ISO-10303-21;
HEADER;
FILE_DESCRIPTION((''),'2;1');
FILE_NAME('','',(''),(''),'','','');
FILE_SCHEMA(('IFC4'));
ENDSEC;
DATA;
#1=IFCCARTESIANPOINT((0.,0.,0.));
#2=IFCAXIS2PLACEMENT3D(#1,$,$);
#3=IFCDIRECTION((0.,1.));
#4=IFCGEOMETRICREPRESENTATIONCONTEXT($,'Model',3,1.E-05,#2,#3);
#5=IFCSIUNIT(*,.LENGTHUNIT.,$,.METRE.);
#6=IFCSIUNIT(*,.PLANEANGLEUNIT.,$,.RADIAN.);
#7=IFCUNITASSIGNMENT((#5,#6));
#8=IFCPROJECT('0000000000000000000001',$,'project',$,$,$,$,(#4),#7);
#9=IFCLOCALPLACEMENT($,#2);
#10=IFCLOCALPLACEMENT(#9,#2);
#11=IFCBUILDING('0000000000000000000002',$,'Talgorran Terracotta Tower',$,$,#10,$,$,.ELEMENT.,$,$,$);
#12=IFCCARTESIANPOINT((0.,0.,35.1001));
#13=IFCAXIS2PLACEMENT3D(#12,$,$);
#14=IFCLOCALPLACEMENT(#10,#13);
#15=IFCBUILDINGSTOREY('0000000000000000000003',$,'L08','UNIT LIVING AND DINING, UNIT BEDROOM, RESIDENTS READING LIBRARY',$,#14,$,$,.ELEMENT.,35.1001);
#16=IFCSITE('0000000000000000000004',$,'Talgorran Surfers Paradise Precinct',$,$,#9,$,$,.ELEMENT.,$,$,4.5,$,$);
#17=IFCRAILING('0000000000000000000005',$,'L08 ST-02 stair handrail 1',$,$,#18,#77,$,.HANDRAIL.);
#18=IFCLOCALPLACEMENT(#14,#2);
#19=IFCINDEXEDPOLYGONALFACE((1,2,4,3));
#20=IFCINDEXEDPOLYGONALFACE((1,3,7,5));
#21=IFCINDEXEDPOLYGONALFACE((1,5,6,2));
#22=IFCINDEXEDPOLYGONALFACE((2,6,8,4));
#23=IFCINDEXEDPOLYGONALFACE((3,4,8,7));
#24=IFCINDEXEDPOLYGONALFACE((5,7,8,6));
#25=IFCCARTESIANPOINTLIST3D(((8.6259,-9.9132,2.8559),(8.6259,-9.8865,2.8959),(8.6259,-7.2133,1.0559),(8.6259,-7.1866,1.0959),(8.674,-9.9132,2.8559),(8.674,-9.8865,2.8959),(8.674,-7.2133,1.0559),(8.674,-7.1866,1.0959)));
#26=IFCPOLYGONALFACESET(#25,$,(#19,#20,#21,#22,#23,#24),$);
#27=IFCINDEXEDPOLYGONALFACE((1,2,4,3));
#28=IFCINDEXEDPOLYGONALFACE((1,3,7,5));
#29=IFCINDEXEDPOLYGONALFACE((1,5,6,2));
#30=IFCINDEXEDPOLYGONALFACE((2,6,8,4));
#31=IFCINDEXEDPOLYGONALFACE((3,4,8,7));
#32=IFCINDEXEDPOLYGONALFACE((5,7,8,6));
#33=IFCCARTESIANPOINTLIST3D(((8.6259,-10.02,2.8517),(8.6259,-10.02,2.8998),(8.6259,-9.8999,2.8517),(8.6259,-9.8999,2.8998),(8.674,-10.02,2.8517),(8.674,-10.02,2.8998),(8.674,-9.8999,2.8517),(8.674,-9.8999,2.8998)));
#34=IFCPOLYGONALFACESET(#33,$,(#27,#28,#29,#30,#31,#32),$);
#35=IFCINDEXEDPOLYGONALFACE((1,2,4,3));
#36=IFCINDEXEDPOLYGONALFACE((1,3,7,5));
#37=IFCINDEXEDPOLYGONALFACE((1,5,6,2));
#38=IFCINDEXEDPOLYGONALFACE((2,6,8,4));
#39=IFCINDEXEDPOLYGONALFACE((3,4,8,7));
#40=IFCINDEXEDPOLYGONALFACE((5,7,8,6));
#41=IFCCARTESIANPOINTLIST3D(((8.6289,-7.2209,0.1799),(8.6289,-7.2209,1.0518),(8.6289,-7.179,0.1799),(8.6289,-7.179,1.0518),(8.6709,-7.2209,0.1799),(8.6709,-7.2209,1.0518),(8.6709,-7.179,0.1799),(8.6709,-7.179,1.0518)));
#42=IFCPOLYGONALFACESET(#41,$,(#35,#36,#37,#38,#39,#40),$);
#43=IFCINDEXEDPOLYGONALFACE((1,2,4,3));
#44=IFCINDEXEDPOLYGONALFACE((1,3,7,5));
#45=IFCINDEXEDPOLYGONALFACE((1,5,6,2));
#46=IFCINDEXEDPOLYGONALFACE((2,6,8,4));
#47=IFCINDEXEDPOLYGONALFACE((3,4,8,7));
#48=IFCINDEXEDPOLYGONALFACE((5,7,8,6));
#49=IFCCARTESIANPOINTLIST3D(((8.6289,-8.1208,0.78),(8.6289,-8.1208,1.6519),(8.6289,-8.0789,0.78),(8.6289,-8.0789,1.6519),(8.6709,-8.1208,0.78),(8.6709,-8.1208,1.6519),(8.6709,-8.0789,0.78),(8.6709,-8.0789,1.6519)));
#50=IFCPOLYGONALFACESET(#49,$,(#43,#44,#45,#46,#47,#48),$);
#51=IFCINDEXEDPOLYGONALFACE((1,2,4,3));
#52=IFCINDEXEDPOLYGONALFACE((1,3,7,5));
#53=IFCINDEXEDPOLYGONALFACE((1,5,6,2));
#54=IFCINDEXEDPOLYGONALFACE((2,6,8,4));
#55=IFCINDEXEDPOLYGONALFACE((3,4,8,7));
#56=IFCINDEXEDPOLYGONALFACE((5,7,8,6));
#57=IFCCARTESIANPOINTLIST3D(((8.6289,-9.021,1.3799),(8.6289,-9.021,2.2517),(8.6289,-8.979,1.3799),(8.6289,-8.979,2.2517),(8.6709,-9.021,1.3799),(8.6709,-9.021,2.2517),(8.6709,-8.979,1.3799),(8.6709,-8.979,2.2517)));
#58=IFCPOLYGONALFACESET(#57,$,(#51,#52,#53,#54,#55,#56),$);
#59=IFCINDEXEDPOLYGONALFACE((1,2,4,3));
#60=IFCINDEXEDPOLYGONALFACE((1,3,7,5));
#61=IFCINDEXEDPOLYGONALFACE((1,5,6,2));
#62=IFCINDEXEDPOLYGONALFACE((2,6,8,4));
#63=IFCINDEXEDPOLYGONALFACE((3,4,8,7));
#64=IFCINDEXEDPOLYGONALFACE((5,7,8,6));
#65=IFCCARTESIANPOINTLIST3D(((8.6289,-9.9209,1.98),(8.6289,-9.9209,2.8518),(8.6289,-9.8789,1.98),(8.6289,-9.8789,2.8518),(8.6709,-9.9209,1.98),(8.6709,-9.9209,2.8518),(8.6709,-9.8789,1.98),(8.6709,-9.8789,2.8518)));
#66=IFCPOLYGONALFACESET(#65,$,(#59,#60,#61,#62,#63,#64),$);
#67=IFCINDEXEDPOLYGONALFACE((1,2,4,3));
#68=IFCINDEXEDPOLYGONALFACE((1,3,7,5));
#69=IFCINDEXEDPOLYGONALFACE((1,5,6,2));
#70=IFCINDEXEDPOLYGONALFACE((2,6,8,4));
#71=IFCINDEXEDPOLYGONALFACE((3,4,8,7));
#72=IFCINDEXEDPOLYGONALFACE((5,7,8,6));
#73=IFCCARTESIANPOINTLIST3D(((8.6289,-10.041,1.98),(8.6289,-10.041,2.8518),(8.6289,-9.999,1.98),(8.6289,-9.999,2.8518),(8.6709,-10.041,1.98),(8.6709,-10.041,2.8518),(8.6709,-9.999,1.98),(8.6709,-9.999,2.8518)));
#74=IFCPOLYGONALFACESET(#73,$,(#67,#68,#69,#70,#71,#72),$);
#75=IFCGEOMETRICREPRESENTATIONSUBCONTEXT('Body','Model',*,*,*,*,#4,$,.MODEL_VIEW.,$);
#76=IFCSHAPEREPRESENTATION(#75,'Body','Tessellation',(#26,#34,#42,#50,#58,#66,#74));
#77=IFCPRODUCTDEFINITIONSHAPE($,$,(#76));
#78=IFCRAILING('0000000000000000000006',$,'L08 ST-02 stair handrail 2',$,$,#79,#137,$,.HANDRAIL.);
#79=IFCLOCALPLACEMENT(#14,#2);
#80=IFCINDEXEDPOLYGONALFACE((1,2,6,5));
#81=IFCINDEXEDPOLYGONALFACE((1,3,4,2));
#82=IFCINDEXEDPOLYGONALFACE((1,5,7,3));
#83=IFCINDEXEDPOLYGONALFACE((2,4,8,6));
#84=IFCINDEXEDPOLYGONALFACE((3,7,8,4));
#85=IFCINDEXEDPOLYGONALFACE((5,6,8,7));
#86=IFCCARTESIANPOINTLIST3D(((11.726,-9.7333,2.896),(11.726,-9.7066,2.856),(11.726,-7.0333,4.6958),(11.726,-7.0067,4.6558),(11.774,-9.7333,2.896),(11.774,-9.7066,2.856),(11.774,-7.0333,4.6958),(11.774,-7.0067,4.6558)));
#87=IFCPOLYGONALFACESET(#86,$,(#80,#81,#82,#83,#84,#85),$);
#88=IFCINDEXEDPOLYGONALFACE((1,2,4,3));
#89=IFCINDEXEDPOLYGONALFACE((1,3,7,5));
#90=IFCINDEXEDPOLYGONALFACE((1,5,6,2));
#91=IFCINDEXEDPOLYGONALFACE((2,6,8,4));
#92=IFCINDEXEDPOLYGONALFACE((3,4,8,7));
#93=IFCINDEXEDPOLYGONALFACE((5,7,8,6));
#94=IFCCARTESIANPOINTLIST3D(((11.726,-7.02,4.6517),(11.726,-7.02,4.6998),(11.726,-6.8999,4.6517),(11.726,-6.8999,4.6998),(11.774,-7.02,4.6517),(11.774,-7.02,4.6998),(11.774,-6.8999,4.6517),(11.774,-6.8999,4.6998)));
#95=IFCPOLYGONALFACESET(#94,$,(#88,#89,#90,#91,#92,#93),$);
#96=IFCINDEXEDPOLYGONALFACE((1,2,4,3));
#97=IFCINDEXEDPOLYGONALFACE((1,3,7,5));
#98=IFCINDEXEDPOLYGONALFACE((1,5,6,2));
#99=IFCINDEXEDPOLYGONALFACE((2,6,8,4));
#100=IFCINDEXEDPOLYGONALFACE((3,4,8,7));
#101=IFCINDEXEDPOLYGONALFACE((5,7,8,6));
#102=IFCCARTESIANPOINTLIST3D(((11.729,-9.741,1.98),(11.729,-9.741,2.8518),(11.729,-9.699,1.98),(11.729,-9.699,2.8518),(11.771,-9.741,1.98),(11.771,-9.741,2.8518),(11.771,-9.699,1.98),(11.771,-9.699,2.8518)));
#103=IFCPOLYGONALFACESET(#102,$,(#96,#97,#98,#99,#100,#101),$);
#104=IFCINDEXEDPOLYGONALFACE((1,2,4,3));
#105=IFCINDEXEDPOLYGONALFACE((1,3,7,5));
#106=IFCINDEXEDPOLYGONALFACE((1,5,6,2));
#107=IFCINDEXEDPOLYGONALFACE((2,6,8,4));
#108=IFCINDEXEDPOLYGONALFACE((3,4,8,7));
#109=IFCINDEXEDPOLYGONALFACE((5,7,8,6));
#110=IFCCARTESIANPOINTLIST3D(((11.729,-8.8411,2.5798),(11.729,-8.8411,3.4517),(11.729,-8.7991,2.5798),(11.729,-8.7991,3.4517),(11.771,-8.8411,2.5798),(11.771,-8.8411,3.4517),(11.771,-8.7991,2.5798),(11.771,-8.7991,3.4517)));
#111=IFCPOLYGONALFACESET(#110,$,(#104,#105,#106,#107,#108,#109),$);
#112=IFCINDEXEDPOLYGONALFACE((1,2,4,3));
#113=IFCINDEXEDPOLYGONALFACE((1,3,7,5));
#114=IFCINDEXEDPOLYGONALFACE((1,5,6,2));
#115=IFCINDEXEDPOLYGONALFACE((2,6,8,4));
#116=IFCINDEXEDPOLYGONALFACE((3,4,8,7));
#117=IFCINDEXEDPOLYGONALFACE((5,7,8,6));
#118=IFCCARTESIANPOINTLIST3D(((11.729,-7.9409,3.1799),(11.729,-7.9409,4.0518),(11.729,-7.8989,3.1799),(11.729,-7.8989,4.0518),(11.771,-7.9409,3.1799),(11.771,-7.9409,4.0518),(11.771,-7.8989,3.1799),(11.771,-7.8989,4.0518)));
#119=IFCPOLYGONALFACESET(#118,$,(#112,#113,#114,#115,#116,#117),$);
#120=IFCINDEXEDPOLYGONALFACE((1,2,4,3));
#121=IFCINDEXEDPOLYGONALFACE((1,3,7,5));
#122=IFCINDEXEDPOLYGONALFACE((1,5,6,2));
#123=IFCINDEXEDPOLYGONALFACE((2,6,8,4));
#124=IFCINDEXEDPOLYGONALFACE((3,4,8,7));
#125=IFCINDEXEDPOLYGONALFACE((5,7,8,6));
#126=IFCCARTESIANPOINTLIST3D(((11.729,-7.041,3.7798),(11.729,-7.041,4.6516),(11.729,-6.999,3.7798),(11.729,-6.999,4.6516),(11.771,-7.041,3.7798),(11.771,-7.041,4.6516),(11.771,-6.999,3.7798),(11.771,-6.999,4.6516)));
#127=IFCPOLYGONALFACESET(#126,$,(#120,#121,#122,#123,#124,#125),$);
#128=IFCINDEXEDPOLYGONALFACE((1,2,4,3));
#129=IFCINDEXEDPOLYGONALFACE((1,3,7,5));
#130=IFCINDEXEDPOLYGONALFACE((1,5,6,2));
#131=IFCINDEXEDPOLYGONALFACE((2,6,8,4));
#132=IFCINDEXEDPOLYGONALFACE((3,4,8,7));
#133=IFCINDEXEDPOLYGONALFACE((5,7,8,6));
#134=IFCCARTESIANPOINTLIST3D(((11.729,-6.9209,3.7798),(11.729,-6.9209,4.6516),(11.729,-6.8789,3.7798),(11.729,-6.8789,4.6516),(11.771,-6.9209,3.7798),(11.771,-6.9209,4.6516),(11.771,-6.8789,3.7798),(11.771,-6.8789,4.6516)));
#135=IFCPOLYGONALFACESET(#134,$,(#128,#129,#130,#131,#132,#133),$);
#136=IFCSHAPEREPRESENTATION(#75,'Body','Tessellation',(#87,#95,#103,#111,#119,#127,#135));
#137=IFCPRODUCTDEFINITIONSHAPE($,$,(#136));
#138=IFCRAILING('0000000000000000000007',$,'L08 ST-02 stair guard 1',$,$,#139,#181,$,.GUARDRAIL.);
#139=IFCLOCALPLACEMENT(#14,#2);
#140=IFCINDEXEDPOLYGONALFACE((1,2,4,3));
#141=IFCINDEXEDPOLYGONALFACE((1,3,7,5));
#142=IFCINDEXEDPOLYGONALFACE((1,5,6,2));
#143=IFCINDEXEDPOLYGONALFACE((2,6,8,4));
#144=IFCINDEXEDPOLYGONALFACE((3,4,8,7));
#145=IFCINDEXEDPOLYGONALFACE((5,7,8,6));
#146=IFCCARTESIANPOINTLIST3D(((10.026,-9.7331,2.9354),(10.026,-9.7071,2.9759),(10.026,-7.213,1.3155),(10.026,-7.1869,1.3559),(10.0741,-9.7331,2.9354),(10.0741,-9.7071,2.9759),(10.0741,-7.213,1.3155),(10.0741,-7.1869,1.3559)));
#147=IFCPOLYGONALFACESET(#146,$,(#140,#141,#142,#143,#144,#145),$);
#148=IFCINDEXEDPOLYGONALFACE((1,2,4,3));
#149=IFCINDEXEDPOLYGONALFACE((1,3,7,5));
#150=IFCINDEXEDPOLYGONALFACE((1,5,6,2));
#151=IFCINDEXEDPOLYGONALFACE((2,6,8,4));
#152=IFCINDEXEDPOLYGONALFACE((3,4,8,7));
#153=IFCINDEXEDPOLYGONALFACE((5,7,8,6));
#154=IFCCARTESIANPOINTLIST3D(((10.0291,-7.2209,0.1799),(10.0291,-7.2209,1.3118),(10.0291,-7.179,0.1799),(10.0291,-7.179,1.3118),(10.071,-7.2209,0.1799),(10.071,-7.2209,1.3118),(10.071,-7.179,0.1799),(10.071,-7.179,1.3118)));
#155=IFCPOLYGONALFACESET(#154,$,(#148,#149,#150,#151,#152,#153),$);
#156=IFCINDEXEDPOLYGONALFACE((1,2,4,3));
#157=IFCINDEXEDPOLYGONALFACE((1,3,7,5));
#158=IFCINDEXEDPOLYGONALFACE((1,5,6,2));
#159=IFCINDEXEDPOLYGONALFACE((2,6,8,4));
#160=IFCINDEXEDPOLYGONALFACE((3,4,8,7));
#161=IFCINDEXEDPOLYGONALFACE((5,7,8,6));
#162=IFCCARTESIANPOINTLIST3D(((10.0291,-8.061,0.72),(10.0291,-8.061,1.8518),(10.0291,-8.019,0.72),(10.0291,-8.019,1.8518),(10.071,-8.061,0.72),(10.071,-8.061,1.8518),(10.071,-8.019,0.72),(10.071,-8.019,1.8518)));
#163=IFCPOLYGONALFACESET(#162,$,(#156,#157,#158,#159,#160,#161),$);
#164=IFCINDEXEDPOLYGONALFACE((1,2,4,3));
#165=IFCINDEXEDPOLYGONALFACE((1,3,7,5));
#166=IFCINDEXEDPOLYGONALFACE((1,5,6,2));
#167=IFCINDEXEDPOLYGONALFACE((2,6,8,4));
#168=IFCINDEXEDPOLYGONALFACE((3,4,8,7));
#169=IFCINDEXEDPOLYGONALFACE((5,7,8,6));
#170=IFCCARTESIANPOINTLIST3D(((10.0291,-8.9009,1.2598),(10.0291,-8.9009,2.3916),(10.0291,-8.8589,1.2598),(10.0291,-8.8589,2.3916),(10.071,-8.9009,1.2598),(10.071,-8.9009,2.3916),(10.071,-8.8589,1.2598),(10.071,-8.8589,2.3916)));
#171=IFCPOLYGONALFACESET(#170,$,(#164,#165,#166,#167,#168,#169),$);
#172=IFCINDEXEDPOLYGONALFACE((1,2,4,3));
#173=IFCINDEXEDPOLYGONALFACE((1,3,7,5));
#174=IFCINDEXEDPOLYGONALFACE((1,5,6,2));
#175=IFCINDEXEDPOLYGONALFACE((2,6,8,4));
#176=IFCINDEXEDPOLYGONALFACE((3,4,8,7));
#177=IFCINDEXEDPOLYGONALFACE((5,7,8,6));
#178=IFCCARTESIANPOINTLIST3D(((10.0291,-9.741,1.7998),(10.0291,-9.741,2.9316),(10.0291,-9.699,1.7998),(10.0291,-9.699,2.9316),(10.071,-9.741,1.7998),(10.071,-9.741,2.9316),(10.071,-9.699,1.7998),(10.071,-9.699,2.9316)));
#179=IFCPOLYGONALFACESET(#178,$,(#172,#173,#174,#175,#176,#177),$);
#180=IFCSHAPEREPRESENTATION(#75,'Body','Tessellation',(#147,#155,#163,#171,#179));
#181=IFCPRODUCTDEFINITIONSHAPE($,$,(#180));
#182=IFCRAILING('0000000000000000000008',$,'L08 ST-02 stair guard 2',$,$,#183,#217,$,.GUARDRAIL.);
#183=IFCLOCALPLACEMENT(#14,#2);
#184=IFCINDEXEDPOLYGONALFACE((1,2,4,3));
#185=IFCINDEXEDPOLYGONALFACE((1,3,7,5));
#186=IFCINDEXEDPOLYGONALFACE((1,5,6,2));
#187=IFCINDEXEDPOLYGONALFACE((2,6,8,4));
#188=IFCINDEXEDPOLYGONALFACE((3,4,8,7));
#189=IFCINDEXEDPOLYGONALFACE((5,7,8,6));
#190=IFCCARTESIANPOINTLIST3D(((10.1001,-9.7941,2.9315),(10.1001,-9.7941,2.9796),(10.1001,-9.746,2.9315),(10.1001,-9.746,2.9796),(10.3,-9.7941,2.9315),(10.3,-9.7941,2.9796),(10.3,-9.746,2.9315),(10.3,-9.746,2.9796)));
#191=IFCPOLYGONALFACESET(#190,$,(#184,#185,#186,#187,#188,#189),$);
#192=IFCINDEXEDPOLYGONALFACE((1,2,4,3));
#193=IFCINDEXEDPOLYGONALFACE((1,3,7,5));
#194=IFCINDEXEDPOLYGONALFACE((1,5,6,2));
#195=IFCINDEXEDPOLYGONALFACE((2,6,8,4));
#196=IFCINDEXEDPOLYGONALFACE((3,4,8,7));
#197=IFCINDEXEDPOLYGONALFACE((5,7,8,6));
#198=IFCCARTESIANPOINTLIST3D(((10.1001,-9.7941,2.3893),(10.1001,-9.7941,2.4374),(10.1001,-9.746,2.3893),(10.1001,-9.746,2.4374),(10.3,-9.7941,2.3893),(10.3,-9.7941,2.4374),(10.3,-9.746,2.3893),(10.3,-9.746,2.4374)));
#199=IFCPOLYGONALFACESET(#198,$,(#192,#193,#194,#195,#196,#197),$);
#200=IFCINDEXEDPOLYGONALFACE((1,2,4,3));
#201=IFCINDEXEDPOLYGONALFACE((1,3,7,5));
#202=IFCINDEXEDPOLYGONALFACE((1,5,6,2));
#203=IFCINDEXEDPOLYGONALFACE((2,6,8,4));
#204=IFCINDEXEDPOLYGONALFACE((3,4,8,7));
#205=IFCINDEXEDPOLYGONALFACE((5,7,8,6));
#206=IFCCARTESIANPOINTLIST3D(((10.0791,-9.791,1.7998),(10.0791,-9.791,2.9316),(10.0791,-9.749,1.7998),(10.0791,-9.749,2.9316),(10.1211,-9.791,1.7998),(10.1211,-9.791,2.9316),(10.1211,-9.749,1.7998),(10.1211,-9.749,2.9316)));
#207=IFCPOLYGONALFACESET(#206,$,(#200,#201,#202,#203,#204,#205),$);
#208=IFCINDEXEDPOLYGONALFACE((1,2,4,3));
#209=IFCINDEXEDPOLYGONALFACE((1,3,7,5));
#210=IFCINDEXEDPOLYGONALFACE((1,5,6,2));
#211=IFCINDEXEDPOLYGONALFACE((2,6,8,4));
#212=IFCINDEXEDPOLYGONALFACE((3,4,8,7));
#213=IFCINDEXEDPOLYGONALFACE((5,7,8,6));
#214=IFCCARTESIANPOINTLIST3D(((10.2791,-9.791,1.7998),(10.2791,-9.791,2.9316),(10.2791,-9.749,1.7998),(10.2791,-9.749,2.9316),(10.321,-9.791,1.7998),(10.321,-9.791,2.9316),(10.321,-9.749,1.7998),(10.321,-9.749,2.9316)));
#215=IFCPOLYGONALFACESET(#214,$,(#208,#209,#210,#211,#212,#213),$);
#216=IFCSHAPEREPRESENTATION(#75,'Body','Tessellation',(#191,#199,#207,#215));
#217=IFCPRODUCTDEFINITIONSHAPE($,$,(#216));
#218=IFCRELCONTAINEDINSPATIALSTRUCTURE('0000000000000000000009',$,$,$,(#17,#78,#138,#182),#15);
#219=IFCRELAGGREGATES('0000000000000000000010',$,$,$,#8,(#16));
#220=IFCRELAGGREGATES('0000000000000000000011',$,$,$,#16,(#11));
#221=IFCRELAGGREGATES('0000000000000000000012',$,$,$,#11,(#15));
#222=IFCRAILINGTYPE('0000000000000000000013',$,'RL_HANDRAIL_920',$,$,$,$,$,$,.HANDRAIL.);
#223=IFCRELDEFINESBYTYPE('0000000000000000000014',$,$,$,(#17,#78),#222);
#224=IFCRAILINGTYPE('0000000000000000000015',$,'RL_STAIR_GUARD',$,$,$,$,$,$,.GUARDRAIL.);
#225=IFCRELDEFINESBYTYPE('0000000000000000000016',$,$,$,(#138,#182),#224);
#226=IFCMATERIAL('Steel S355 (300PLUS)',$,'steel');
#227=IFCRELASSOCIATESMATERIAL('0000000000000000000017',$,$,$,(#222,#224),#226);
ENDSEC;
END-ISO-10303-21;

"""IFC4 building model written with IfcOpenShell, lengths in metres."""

from ifc_helpers import new_model, si_unit, direction, frame, origin, origin_2d, place, context, subcontext, project, spatial, rectangle, extrude, material, type_object, element, save


model = new_model("IFC4")

# Units and contexts
model_context = context("Model", 3, precision=1e-05, world=origin(), true_north=direction((0.0, 1.0)))
body_context = subcontext(model_context, "Body", "Model", "MODEL_VIEW")
ifc_project = project(units=[si_unit("LENGTHUNIT", "METRE"), si_unit("PLANEANGLEUNIT", "RADIAN")], contexts=[model_context])

# Site, building, storey
site_placement = place(None, origin())
site = spatial("IfcSite", under=ifc_project, at=site_placement, Name="Talgorran Surfers Paradise Precinct", CompositionType="ELEMENT", RefElevation=4.5)
building_placement = place(site_placement, origin())
building = spatial("IfcBuilding", under=site, at=building_placement, Name="Talgorran Terracotta Tower", CompositionType="ELEMENT")
storey_placement = place(building_placement, frame((0.0, 0.0, 35.1001)))
storey = spatial("IfcBuildingStorey", under=building, at=storey_placement, Name="L08", Description="UNIT LIVING AND DINING, UNIT BEDROOM, RESIDENTS READING LIBRARY", CompositionType="ELEMENT", Elevation=35.1001)

# Railings
ifc_material_1 = material(Name="Steel S355 (300PLUS)", Category="steel")
railing_type_1 = type_object("IfcRailingType", Name="RL_HANDRAIL_920", PredefinedType="HANDRAIL", material=ifc_material_1)
railing_1_placement = place(storey_placement, frame((8.6499, -7.2, 0.1799)))
element("IfcRailing", 1, at=railing_1_placement, inside=storey, type_object=railing_type_1, Name="L08 ST-02 stair handrail 1", PredefinedType="HANDRAIL", context=body_context, shape_type="SweptSolid", body=[
    extrude(rectangle(XDim=0.0481, YDim=0.0481, at=origin_2d()), frame((0.0, 0.0, 0.896), z_axis=(0.0, -0.832039, 0.554718), x_axis=(1.0, 0.0, 0.0)), (0.0, 0.0, 1.0), 3.2449),
    extrude(rectangle(XDim=0.0481, YDim=0.0481, at=origin_2d()), frame((0.0, -2.7, 2.6958), z_axis=(0.0, -1.0, 0.0), x_axis=(1.0, 0.0, 0.0)), (0.0, 0.0, 1.0), 0.1201),
    extrude(rectangle(XDim=0.042, YDim=0.042, at=origin_2d()), origin(), (0.0, 0.0, 1.0), 0.8718),
    extrude(rectangle(XDim=0.042, YDim=0.042, at=origin_2d()), frame((0.0, -0.8999, 0.6001)), (0.0, 0.0, 1.0), 0.8718),
    extrude(rectangle(XDim=0.042, YDim=0.042, at=origin_2d()), frame((0.0, -1.8, 1.2)), (0.0, 0.0, 1.0), 0.8718),
    extrude(rectangle(XDim=0.042, YDim=0.042, at=origin_2d()), frame((0.0, -2.7, 1.8)), (0.0, 0.0, 1.0), 0.8718),
    extrude(rectangle(XDim=0.042, YDim=0.042, at=origin_2d()), frame((0.0, -2.8201, 1.8)), (0.0, 0.0, 1.0), 0.8718),
])
railing_2_placement = place(storey_placement, frame((11.75, -9.72, 1.98)))
element("IfcRailing", 2, at=railing_2_placement, inside=storey, type_object=railing_type_1, Name="L08 ST-02 stair handrail 2", PredefinedType="HANDRAIL", context=body_context, shape_type="SweptSolid", body=[
    extrude(rectangle(XDim=0.0481, YDim=0.0481, at=origin_2d()), frame((0.0, 0.0, 0.896), z_axis=(0.0, 0.832073, 0.554665), x_axis=(-1.0, 0.0, 0.0)), (0.0, 0.0, 1.0), 3.2449),
    extrude(rectangle(XDim=0.0481, YDim=0.0481, at=origin_2d()), frame((0.0, 2.7, 2.6958), z_axis=(0.0, 1.0, 0.0), x_axis=(-1.0, 0.0, 0.0)), (0.0, 0.0, 1.0), 0.1201),
    extrude(rectangle(XDim=0.042, YDim=0.042, at=origin_2d()), origin(), (0.0, 0.0, 1.0), 0.8718),
    extrude(rectangle(XDim=0.042, YDim=0.042, at=origin_2d()), frame((0.0, 0.8999, 0.5999)), (0.0, 0.0, 1.0), 0.8718),
    extrude(rectangle(XDim=0.042, YDim=0.042, at=origin_2d()), frame((0.0, 1.8, 1.2)), (0.0, 0.0, 1.0), 0.8718),
    extrude(rectangle(XDim=0.042, YDim=0.042, at=origin_2d()), frame((0.0, 2.7, 1.7998)), (0.0, 0.0, 1.0), 0.8718),
    extrude(rectangle(XDim=0.042, YDim=0.042, at=origin_2d()), frame((0.0, 2.8201, 1.7998)), (0.0, 0.0, 1.0), 0.8718),
])
railing_type_2 = type_object("IfcRailingType", Name="RL_STAIR_GUARD", PredefinedType="GUARDRAIL", material=ifc_material_1)
railing_3_placement = place(storey_placement, frame((10.05, -7.2, 0.1799)))
element("IfcRailing", 3, at=railing_3_placement, inside=storey, type_object=railing_type_2, Name="L08 ST-02 stair guard 1", PredefinedType="GUARDRAIL", context=body_context, shape_type="SweptSolid", body=[
    extrude(rectangle(XDim=0.0481, YDim=0.0481, at=origin_2d()), frame((0.0, 0.0, 1.1558), z_axis=(0.0, -0.8412, 0.540725), x_axis=(1.0, 0.0, 0.0)), (0.0, 0.0, 1.0), 2.9958),
    extrude(rectangle(XDim=0.042, YDim=0.042, at=origin_2d()), origin(), (0.0, 0.0, 1.0), 1.1318),
    extrude(rectangle(XDim=0.042, YDim=0.042, at=origin_2d()), frame((0.0, -0.8401, 0.54)), (0.0, 0.0, 1.0), 1.1318),
    extrude(rectangle(XDim=0.042, YDim=0.042, at=origin_2d()), frame((0.0, -1.6799, 1.0798)), (0.0, 0.0, 1.0), 1.1318),
    extrude(rectangle(XDim=0.042, YDim=0.042, at=origin_2d()), frame((0.0, -2.52, 1.6199)), (0.0, 0.0, 1.0), 1.1318),
])
railing_4_placement = place(storey_placement, frame((10.1001, -9.77, 1.7998)))
element("IfcRailing", 4, at=railing_4_placement, inside=storey, type_object=railing_type_2, Name="L08 ST-02 stair guard 2", PredefinedType="GUARDRAIL", context=body_context, shape_type="SweptSolid", body=[
    extrude(rectangle(XDim=0.0481, YDim=0.0481, at=origin_2d()), frame((0.0, 0.0, 1.1558), z_axis=(1.0, 0.0, 0.0), x_axis=(0.0, 1.0, 0.0)), (0.0, 0.0, 1.0), 0.2),
    extrude(rectangle(XDim=0.0481, YDim=0.0481, at=origin_2d()), frame((0.0, 0.0, 0.6135), z_axis=(1.0, 0.0, 0.0), x_axis=(0.0, 1.0, 0.0)), (0.0, 0.0, 1.0), 0.2),
    extrude(rectangle(XDim=0.042, YDim=0.042, at=origin_2d()), origin(), (0.0, 0.0, 1.0), 1.1318),
    extrude(rectangle(XDim=0.042, YDim=0.042, at=origin_2d()), frame((0.2, 0.0, 0.0)), (0.0, 0.0, 1.0), 1.1318),
])

save(model, "model.ifc")
